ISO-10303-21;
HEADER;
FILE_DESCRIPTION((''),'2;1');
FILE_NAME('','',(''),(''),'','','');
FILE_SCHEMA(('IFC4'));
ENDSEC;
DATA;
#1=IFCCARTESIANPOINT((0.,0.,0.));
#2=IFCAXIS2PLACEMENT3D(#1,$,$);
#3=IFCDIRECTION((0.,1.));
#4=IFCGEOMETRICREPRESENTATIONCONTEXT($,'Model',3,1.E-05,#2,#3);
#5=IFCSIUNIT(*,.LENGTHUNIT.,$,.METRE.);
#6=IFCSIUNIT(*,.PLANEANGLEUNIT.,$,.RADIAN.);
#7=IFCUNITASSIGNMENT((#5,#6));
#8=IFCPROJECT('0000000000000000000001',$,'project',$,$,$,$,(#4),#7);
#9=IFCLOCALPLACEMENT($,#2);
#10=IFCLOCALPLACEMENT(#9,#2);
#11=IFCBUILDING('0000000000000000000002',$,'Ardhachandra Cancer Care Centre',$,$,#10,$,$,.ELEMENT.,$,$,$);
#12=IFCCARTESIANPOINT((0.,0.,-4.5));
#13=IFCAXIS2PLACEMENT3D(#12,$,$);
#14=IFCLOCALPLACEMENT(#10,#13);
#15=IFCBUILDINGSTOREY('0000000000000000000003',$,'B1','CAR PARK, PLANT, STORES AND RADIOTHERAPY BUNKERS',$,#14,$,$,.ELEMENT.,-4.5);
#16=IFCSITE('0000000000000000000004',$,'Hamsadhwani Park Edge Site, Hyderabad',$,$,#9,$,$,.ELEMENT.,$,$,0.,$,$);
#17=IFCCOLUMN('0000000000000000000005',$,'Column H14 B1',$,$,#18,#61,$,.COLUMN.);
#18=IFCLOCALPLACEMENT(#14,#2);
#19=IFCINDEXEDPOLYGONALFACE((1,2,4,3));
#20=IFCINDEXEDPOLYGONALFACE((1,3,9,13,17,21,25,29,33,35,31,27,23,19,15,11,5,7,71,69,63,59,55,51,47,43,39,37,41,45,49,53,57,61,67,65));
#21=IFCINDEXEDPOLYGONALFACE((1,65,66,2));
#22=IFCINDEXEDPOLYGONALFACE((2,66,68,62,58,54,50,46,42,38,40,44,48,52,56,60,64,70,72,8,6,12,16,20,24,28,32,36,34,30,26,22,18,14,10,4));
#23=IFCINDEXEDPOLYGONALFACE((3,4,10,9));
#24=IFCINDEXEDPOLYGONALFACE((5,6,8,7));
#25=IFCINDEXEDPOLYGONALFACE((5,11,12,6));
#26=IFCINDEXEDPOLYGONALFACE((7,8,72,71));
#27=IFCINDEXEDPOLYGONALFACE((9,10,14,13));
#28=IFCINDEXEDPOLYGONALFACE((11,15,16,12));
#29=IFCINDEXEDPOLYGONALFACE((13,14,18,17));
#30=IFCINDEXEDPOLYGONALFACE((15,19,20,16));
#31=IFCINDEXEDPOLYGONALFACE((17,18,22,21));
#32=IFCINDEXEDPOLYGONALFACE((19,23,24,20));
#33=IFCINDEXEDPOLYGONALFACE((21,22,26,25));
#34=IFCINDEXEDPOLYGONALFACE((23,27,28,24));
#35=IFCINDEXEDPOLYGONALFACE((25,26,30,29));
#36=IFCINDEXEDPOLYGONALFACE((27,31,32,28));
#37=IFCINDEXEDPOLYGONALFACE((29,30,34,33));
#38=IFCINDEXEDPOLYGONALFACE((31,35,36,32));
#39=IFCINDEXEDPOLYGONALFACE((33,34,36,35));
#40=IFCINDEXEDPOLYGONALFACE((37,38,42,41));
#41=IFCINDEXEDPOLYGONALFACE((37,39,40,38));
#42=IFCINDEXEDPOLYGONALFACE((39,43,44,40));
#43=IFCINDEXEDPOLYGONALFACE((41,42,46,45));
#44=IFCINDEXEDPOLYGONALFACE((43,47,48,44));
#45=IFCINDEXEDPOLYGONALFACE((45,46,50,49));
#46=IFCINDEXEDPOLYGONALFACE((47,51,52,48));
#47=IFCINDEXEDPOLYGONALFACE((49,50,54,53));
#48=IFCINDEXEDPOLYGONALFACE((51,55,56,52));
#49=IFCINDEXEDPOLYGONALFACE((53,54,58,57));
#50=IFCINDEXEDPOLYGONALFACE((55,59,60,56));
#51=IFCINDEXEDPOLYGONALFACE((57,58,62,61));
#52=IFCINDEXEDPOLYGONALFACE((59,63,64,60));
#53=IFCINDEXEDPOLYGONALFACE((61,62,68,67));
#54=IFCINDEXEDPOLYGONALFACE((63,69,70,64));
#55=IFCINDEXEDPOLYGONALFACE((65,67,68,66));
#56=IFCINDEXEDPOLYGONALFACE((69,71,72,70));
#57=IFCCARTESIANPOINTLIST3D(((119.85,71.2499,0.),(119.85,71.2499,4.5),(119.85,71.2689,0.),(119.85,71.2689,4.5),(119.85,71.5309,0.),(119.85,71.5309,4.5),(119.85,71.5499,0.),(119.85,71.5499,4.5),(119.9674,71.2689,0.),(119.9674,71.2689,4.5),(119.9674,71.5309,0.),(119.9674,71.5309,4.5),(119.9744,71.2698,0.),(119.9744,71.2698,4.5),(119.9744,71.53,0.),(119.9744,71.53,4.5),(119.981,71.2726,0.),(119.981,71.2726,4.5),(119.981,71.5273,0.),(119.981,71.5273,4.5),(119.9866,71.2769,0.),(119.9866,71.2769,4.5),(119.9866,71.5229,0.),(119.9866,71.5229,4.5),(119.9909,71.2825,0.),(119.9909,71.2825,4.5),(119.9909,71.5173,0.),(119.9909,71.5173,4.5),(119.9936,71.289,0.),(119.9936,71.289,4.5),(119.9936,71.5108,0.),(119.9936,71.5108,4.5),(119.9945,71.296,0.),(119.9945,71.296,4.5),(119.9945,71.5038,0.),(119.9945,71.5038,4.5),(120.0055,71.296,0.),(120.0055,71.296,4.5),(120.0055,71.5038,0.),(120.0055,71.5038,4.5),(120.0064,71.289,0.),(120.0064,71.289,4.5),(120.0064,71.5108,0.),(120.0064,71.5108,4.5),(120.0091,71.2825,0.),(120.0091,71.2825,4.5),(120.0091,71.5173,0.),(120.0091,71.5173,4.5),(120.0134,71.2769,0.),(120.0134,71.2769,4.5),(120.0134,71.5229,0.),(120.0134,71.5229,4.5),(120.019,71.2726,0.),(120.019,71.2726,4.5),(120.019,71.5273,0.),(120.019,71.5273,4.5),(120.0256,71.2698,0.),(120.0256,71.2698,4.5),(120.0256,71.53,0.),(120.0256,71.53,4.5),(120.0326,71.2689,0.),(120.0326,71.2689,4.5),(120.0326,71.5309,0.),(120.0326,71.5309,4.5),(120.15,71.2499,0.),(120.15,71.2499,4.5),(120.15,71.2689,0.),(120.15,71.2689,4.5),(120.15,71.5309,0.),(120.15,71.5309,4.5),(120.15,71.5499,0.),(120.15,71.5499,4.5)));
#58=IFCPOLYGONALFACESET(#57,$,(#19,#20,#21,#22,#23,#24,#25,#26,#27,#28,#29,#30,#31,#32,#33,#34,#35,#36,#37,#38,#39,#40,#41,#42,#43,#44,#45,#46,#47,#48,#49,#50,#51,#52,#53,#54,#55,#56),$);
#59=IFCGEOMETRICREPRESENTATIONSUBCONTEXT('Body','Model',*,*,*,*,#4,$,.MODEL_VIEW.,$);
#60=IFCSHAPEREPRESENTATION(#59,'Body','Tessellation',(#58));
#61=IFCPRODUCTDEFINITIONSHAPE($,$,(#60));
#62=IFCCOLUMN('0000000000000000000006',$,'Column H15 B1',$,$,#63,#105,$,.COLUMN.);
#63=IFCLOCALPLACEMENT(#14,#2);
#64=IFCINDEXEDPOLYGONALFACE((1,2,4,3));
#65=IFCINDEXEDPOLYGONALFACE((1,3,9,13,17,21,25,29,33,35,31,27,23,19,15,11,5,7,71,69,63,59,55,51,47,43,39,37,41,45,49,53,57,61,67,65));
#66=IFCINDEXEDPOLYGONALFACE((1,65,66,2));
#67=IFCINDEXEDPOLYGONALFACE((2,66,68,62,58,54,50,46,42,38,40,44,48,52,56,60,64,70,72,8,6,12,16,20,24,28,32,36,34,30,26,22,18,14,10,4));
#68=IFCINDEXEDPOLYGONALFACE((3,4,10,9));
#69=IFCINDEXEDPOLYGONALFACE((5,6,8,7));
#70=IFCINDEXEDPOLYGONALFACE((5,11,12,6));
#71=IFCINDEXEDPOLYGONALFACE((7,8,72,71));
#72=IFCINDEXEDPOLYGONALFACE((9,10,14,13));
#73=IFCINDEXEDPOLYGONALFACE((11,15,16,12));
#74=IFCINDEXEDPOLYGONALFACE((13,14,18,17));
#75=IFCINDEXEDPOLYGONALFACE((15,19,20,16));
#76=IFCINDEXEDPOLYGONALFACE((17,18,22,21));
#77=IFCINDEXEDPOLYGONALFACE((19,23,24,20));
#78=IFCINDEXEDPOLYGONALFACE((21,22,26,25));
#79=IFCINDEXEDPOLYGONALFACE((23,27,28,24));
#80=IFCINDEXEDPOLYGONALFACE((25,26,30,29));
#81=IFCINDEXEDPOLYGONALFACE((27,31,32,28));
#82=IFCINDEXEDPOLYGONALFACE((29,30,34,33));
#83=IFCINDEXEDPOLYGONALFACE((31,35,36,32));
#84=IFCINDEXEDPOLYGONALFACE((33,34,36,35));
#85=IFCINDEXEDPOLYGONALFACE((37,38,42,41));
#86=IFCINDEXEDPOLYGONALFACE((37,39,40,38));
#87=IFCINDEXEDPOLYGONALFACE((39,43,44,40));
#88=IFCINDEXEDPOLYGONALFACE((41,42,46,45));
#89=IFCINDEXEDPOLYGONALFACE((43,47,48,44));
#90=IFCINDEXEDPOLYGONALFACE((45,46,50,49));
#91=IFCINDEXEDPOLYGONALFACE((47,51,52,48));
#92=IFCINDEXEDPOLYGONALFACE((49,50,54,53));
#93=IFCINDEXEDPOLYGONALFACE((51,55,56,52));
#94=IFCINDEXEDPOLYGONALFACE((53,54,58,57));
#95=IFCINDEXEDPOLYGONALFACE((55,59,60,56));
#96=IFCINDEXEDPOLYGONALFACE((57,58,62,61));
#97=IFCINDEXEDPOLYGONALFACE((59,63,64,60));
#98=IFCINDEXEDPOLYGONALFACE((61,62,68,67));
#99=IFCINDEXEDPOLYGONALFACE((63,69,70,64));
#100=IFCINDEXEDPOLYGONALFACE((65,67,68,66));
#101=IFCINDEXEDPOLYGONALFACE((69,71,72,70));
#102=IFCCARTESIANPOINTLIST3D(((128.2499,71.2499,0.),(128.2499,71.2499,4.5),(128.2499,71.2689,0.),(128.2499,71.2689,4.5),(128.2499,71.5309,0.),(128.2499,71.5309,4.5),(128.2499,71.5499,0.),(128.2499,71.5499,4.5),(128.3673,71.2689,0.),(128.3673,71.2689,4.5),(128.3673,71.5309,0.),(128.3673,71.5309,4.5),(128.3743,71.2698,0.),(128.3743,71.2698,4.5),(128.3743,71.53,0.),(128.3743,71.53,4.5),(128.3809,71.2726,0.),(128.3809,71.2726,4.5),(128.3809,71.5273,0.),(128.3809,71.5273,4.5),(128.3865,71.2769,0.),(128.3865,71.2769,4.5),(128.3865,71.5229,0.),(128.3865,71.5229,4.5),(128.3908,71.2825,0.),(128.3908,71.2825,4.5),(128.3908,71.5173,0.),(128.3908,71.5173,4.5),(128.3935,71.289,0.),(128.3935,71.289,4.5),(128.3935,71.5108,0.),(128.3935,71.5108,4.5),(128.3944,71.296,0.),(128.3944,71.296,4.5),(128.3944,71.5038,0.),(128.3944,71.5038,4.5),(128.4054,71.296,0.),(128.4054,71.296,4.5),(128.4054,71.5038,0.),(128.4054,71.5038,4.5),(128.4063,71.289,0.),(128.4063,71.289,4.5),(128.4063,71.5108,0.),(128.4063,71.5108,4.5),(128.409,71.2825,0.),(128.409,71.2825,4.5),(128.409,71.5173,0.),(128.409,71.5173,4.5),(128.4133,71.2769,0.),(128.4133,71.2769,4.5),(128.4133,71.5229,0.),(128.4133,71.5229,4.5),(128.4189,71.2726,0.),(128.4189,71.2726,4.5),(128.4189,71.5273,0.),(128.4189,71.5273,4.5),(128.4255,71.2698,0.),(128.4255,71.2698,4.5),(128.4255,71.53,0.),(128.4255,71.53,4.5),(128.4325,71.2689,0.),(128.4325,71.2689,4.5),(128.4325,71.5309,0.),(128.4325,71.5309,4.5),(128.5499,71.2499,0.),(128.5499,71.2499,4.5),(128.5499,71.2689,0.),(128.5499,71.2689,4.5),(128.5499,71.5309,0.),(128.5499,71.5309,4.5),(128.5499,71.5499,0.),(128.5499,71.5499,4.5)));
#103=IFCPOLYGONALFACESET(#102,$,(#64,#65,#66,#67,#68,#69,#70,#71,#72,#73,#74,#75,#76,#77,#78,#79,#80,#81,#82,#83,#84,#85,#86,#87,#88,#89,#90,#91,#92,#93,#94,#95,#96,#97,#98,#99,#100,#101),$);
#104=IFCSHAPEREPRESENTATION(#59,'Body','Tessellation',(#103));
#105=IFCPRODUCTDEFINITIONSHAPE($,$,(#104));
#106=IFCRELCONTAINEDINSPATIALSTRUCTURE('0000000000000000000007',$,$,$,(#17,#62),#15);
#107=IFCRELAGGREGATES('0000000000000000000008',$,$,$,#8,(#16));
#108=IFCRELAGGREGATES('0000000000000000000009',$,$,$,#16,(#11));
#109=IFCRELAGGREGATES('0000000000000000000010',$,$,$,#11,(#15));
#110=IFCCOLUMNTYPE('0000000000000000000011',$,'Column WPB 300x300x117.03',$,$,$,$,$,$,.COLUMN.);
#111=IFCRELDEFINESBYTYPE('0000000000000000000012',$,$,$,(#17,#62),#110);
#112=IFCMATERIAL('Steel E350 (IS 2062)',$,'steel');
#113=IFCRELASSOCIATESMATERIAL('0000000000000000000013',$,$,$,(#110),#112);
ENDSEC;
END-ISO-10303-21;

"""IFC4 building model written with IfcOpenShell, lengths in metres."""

from ifc_helpers import new_model, si_unit, direction, frame, origin, origin_2d, place, context, subcontext, project, spatial, i_section, extrude, material, material_profile, profile_set, type_object, element, save


model = new_model("IFC4")

# Units and contexts
model_context = context("Model", 3, precision=1e-05, world=origin(), true_north=direction((0.0, 1.0)))
body_context = subcontext(model_context, "Body", "Model", "MODEL_VIEW")
ifc_project = project(units=[si_unit("LENGTHUNIT", "METRE"), si_unit("PLANEANGLEUNIT", "RADIAN")], contexts=[model_context])

# Site, building, storey
site_placement = place(None, origin())
site = spatial("IfcSite", under=ifc_project, at=site_placement, Name="Hamsadhwani Park Edge Site, Hyderabad", CompositionType="ELEMENT", RefElevation=0.0)
building_placement = place(site_placement, origin())
building = spatial("IfcBuilding", under=site, at=building_placement, Name="Ardhachandra Cancer Care Centre", CompositionType="ELEMENT")
storey_placement = place(building_placement, frame((0.0, 0.0, -4.5)))
storey = spatial("IfcBuildingStorey", under=building, at=storey_placement, Name="B1", Description="CAR PARK, PLANT, STORES AND RADIOTHERAPY BUNKERS", CompositionType="ELEMENT", Elevation=-4.5)

# Columns
ifc_material_1 = material(Name="Steel E350 (IS 2062)", Category="steel")
ifc_material_profile_1 = material_profile(ifc_material_1, i_section(OverallWidth=0.3, OverallDepth=0.3, WebThickness=0.011, FlangeThickness=0.019, FilletRadius=0.0271, at=origin_2d()), Name="WPB 300x300x117.03")
ifc_profile_set_1 = profile_set([ifc_material_profile_1], Name="Steel E350 (IS 2062)")
column_type = type_object("IfcColumnType", Name="Column WPB 300x300x117.03", PredefinedType="COLUMN", material=ifc_profile_set_1)
for number, where, z_axis, x_axis, name in (
    (1, (120.0, 71.3999, 0.0), (0.0, 0.0, 1.0), (1.0, 0.0, 0.0), "Column H14 B1"),
    (2, (128.3999, 71.3999, 0.0), (0.0, 0.0, 1.0), (1.0, 0.0, 0.0), "Column H15 B1"),
):
    element("IfcColumn", number, at=place(storey_placement, frame(where, z_axis=z_axis, x_axis=x_axis)), inside=storey, type_object=column_type, Name=name, PredefinedType="COLUMN", context=body_context, shape_type="SweptSolid", body=[
        extrude(i_section(OverallWidth=0.3, OverallDepth=0.3, WebThickness=0.011, FlangeThickness=0.019, FilletRadius=0.0271, at=origin_2d()), origin(), (0.0, 0.0, 1.0), 4.5),
    ])

save(model, "model.ifc")
